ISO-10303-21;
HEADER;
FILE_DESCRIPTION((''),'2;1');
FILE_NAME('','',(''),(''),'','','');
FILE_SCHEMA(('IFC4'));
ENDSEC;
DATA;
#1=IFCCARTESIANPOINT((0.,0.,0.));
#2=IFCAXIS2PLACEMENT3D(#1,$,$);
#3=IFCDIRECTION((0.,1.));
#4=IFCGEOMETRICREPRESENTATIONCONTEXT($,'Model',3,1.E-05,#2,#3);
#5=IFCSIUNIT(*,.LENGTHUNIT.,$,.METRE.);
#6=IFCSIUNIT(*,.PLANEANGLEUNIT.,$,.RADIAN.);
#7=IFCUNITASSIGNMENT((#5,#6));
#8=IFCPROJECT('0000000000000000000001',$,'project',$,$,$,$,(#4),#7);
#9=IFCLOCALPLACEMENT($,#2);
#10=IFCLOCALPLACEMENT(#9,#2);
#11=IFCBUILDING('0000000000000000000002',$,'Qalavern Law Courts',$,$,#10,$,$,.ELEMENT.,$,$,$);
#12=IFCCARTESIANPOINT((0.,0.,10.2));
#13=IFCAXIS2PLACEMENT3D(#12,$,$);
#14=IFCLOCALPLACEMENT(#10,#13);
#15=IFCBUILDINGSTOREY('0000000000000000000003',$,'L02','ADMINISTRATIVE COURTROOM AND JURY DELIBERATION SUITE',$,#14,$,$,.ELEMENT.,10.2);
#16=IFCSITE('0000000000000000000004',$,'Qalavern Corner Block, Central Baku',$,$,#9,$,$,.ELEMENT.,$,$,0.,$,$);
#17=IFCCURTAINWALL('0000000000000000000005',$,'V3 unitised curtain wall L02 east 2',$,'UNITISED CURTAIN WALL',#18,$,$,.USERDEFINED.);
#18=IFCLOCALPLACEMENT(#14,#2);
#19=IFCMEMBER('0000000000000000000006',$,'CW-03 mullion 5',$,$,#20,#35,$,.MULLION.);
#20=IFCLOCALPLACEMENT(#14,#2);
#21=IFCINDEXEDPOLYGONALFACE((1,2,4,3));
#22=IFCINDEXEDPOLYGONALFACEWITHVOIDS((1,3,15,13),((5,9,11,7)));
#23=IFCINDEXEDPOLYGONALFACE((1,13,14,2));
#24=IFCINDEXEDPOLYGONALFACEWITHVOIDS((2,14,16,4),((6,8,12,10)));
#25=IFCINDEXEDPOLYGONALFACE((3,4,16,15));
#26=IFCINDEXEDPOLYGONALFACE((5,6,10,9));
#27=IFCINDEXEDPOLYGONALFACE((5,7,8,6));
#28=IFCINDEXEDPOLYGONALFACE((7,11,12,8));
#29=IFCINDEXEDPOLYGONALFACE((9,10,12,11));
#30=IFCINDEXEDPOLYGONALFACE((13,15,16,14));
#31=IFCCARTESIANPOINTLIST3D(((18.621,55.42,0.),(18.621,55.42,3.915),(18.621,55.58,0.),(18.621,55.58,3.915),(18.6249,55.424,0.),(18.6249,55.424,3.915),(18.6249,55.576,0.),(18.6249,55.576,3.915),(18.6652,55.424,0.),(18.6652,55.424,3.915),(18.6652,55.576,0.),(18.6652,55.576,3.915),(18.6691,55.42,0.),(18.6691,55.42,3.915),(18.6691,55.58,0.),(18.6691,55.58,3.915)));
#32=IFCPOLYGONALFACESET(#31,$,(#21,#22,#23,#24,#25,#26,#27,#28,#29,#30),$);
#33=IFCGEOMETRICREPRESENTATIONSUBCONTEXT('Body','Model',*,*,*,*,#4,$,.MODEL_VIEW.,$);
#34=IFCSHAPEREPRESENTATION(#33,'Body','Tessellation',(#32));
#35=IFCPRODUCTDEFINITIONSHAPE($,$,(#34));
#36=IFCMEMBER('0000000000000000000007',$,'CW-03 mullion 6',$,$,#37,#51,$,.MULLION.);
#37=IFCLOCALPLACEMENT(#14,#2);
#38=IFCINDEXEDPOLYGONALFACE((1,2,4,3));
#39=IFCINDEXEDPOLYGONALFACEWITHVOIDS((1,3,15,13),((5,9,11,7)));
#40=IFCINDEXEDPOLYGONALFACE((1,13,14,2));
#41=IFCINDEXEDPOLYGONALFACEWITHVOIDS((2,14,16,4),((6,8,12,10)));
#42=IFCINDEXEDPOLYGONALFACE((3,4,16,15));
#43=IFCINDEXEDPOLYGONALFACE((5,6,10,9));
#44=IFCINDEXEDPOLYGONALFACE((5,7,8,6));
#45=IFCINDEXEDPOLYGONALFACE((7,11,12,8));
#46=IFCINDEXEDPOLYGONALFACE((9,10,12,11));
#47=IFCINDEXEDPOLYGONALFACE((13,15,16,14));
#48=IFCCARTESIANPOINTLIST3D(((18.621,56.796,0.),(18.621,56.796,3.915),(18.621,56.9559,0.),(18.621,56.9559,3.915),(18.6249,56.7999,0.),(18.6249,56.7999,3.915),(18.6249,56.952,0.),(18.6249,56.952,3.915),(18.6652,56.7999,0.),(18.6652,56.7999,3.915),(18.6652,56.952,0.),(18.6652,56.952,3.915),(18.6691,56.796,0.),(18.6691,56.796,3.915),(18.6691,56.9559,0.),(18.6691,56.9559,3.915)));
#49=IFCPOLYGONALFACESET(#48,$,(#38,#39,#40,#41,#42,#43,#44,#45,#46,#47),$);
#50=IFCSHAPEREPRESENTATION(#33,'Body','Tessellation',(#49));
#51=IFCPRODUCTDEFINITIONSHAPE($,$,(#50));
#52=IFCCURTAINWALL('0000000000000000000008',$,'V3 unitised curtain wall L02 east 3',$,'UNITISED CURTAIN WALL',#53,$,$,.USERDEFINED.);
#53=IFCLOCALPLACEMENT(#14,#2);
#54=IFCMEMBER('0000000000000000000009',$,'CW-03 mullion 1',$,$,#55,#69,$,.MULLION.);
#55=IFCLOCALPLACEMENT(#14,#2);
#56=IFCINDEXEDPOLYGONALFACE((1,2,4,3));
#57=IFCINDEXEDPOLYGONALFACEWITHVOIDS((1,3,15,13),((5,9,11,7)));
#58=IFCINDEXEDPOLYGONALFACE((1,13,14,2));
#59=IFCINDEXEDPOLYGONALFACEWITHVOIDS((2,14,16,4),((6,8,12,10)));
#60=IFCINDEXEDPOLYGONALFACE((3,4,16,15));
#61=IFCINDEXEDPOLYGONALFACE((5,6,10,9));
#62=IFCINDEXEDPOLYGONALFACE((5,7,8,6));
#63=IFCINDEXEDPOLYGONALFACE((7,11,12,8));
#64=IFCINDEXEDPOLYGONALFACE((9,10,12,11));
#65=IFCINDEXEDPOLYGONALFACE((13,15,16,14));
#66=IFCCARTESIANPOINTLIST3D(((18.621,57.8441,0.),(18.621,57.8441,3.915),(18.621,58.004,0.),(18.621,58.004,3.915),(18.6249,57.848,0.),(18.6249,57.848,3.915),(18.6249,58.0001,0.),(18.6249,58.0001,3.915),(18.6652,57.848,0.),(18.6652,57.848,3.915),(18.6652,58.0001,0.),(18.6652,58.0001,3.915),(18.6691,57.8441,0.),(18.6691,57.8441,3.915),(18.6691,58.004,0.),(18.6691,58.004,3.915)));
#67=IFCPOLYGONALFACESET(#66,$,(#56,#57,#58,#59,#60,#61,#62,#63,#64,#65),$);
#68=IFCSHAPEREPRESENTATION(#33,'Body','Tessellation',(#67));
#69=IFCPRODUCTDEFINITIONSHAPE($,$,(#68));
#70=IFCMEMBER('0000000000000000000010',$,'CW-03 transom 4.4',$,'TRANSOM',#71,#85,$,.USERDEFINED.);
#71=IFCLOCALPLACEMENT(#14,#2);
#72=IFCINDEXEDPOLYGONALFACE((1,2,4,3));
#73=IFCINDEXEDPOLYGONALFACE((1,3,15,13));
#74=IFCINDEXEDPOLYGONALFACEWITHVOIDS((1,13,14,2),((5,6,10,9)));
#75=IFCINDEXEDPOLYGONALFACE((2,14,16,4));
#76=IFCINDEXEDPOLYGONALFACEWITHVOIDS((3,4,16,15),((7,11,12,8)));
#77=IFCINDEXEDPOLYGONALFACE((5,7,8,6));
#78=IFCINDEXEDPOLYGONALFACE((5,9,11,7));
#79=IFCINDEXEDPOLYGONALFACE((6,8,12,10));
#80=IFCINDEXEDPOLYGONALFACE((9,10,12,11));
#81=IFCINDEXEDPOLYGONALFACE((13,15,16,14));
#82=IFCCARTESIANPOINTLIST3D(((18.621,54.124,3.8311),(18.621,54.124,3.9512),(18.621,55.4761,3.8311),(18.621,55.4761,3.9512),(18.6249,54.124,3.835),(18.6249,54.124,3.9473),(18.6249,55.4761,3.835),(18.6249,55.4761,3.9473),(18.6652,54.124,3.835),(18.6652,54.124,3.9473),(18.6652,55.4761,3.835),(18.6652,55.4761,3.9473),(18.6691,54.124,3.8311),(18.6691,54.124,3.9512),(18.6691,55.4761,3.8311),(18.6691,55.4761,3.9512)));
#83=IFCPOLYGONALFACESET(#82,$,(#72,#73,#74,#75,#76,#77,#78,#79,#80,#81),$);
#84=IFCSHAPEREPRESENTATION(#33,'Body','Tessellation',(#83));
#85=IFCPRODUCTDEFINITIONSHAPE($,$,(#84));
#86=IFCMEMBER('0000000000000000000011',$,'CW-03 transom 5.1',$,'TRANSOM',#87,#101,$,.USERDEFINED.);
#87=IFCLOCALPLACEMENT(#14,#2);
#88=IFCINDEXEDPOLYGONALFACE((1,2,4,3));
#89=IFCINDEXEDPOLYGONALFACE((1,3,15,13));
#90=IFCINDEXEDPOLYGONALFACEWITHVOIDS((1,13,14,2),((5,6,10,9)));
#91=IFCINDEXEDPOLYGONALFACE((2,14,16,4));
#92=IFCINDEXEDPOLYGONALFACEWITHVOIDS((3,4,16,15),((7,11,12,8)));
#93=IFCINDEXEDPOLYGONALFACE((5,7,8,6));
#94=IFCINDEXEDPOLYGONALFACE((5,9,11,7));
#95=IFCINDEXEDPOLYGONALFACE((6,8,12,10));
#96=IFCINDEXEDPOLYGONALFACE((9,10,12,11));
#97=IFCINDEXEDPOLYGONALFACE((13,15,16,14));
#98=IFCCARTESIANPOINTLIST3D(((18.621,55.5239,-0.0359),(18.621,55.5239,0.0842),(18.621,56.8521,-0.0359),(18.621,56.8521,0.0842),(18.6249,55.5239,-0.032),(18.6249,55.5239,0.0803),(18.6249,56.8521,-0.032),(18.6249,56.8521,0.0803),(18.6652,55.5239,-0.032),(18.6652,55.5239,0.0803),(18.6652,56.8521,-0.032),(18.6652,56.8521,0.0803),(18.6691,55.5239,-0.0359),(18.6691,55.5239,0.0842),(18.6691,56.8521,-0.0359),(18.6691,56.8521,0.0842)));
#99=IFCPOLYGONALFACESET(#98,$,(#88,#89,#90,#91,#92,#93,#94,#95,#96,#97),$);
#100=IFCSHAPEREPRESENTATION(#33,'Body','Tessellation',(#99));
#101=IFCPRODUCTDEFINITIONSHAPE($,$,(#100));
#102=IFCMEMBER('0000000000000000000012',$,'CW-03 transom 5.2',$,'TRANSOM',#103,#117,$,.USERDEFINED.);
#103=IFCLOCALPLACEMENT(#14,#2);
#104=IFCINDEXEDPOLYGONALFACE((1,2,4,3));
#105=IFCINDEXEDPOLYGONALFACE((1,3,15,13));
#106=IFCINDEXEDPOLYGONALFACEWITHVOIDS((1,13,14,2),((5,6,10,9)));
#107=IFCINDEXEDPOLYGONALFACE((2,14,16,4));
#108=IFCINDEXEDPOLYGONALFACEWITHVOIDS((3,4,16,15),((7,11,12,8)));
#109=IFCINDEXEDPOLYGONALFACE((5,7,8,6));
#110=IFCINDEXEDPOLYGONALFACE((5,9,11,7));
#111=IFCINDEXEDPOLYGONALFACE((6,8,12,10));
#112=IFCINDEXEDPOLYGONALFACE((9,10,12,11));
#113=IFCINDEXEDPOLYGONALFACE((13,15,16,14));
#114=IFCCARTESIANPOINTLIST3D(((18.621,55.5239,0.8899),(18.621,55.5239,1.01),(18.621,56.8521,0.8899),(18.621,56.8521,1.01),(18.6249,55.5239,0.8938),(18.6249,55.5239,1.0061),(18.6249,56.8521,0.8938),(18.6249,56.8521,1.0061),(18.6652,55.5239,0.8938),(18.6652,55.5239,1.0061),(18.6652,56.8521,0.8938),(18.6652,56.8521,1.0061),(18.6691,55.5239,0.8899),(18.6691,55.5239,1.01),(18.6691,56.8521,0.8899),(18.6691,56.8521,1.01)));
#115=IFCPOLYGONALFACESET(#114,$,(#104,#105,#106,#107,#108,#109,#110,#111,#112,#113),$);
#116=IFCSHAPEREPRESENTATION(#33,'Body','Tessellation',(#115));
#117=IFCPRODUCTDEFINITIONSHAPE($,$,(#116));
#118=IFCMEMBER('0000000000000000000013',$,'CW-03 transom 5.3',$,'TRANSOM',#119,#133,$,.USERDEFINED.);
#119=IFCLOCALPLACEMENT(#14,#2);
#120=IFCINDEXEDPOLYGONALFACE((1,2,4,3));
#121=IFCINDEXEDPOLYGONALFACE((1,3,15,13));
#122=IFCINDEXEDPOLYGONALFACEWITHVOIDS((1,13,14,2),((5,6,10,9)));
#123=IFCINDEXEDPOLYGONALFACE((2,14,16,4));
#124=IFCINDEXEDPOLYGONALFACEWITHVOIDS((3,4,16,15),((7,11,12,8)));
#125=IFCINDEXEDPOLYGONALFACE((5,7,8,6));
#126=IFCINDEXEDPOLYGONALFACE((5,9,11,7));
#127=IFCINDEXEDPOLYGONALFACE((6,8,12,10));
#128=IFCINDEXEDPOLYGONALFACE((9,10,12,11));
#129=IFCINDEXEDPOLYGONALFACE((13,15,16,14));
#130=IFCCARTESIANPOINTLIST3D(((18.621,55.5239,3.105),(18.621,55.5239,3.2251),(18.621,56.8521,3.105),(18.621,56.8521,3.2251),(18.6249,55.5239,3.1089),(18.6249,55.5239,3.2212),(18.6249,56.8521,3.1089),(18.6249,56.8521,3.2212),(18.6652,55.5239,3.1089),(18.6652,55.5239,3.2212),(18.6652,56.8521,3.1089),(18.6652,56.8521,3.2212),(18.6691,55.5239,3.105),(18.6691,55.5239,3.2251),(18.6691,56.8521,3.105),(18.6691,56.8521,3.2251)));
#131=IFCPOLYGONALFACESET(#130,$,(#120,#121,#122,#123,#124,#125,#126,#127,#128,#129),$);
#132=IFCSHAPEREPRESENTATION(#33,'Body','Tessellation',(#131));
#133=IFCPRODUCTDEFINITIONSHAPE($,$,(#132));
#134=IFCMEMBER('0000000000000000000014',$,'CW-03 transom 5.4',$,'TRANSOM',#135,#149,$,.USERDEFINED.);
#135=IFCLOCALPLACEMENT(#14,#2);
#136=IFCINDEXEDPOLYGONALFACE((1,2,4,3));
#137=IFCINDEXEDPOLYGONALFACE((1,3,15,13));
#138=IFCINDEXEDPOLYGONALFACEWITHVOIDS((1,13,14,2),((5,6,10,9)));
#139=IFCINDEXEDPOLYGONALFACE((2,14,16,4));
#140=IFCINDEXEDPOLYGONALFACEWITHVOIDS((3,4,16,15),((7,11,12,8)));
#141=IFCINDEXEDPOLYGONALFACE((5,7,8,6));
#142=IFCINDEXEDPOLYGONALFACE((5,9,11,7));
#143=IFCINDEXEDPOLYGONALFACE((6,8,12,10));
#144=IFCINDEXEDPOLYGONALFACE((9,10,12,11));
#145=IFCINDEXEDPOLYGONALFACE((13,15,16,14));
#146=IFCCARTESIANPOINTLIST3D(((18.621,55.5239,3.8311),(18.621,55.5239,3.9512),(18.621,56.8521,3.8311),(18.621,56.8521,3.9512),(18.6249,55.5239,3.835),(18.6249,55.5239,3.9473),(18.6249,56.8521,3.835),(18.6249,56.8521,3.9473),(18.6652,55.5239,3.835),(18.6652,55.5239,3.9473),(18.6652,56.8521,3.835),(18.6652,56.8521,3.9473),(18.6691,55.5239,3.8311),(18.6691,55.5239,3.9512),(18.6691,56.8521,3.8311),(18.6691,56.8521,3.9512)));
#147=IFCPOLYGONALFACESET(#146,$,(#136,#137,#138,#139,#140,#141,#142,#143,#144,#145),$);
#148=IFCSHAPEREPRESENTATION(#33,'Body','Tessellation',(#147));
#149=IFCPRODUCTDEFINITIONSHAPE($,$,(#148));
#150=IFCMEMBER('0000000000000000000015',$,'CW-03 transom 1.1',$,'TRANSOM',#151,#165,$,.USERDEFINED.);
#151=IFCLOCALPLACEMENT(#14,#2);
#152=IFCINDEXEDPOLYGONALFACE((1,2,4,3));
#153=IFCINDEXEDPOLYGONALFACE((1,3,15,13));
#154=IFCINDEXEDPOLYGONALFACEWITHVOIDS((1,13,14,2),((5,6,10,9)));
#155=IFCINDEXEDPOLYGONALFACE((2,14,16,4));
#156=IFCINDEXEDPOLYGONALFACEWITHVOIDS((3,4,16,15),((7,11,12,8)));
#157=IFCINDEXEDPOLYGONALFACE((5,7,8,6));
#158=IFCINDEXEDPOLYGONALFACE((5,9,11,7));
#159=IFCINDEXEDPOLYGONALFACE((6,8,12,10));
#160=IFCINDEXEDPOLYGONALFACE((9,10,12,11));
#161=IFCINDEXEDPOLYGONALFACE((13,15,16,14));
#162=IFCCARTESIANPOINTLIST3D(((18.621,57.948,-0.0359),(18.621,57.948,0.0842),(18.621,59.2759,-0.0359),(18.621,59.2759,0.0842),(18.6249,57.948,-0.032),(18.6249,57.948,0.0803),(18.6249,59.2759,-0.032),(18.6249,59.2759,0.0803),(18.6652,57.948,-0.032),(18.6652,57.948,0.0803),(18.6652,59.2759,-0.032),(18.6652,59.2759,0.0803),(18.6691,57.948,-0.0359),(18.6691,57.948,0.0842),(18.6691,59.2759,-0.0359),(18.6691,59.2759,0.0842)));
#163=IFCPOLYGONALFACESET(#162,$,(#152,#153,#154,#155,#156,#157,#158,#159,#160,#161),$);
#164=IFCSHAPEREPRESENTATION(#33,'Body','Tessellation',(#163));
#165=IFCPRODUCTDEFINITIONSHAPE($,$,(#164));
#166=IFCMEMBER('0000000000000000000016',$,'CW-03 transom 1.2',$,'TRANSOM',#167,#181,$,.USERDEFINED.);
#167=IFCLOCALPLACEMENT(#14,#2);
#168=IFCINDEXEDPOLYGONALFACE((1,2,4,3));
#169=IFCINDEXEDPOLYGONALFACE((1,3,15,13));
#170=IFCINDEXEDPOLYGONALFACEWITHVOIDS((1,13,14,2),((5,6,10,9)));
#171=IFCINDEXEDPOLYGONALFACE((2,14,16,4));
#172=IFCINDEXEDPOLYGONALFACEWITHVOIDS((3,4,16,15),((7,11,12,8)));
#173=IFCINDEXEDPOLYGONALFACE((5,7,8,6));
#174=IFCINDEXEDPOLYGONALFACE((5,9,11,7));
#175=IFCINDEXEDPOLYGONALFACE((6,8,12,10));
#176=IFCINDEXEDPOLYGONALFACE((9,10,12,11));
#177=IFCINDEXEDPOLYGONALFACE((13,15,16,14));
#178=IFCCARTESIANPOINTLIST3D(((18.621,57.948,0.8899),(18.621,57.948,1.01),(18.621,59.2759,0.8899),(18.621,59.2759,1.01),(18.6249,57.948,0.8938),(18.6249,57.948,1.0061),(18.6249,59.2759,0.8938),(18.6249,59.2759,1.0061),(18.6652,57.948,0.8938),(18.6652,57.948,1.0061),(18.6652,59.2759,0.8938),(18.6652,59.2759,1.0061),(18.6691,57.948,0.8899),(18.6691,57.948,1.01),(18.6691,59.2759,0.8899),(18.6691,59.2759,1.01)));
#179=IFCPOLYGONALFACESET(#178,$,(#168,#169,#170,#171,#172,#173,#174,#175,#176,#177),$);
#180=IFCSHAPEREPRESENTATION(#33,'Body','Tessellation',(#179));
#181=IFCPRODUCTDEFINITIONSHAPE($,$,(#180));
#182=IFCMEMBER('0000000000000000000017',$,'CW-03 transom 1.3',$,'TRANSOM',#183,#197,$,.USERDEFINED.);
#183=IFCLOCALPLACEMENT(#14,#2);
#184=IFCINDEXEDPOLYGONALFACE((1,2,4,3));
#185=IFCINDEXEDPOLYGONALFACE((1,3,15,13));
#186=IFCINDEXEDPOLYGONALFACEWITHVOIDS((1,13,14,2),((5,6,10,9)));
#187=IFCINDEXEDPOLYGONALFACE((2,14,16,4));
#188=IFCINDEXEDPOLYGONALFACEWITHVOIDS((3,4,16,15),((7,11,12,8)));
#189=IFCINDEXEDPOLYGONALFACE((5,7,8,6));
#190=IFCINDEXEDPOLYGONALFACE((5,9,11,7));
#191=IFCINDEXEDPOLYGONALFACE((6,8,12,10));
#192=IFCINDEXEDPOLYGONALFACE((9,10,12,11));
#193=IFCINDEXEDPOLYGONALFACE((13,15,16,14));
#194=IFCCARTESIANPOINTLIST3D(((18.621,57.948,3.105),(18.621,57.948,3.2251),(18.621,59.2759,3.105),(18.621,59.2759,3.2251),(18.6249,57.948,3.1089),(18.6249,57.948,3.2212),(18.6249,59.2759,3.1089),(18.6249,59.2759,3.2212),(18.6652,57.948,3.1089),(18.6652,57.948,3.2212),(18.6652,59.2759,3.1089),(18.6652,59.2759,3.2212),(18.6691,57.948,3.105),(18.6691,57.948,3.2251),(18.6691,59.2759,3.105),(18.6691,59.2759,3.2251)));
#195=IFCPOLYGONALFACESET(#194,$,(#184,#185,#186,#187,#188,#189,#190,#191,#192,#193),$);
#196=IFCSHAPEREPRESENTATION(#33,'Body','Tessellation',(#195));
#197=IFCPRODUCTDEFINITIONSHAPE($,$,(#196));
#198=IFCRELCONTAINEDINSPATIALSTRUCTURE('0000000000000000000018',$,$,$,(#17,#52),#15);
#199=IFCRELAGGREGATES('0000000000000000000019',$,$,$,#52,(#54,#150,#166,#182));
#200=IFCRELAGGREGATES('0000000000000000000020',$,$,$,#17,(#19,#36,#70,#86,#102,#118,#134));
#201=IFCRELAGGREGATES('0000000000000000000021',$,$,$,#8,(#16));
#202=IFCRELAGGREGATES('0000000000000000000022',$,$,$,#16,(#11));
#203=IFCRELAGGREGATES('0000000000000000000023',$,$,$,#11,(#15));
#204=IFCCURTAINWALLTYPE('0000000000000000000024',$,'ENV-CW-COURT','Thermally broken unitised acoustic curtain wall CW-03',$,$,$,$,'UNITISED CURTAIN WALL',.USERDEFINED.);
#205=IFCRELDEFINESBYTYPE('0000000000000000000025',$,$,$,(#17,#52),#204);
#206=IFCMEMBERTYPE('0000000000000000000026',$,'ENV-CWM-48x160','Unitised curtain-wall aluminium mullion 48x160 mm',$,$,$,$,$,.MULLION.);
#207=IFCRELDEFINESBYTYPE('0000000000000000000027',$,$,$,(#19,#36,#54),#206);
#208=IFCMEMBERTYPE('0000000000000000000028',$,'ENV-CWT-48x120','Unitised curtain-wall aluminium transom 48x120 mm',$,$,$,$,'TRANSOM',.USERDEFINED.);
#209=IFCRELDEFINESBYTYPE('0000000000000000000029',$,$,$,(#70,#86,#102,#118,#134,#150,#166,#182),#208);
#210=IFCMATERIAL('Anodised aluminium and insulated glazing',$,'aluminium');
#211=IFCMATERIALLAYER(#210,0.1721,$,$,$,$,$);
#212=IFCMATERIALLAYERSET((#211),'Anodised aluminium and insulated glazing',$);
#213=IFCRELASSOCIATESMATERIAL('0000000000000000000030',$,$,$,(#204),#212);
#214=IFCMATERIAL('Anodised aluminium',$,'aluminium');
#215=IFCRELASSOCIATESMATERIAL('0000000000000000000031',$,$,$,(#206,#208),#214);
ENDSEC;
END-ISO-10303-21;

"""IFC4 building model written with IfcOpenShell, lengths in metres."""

from ifc_helpers import new_model, si_unit, direction, frame, origin, origin_2d, place, context, subcontext, project, spatial, hollow_rectangle, extrude, material, layer, layer_set, material_profile, profile_set, type_object, element, aggregate, save


model = new_model("IFC4")

# Units and contexts
model_context = context("Model", 3, precision=1e-05, world=origin(), true_north=direction((0.0, 1.0)))
body_context = subcontext(model_context, "Body", "Model", "MODEL_VIEW")
ifc_project = project(units=[si_unit("LENGTHUNIT", "METRE"), si_unit("PLANEANGLEUNIT", "RADIAN")], contexts=[model_context])

# Site, building, storey
site_placement = place(None, origin())
site = spatial("IfcSite", under=ifc_project, at=site_placement, Name="Qalavern Corner Block, Central Baku", CompositionType="ELEMENT", RefElevation=0.0)
building_placement = place(site_placement, origin())
building = spatial("IfcBuilding", under=site, at=building_placement, Name="Qalavern Law Courts", CompositionType="ELEMENT")
storey_placement = place(building_placement, frame((0.0, 0.0, 10.2)))
storey = spatial("IfcBuildingStorey", under=building, at=storey_placement, Name="L02", Description="ADMINISTRATIVE COURTROOM AND JURY DELIBERATION SUITE", CompositionType="ELEMENT", Elevation=10.2)

# Curtain wall, members
ifc_material_1 = material(Name="Anodised aluminium and insulated glazing", Category="aluminium")
ifc_layer_1 = layer(ifc_material_1, 0.1721)
ifc_layer_set_1 = layer_set([ifc_layer_1], Name="Anodised aluminium and insulated glazing")
curtain_wall_type = type_object("IfcCurtainWallType", Name="ENV-CW-COURT", Description="Thermally broken unitised acoustic curtain wall CW-03", ElementType="UNITISED CURTAIN WALL", PredefinedType="USERDEFINED", material=ifc_layer_set_1)
curtain_wall_1_placement = place(storey_placement, origin())
curtain_wall_1 = element("IfcCurtainWall", 1, at=curtain_wall_1_placement, inside=storey, type_object=curtain_wall_type, Name="V3 unitised curtain wall L02 east 2", ObjectType="UNITISED CURTAIN WALL", PredefinedType="USERDEFINED")
ifc_material_2 = material(Name="Anodised aluminium", Category="aluminium")
ifc_material_profile_1 = material_profile(ifc_material_2, hollow_rectangle(XDim=0.0481, YDim=0.1599, WallThickness=0.0039, at=origin_2d()), Name="ALU MULLION 48x160")
ifc_profile_set_1 = profile_set([ifc_material_profile_1], Name="Anodised aluminium")
member_type_1 = type_object("IfcMemberType", Name="ENV-CWM-48x160", Description="Unitised curtain-wall aluminium mullion 48x160 mm", PredefinedType="MULLION", material=ifc_profile_set_1)
member_1_placement = place(storey_placement, frame((18.645, 55.5, 0.0), z_axis=(0.0, 0.0, 1.0), x_axis=(-1.0, 0.0, 0.0)))
member_1 = element("IfcMember", 2, at=member_1_placement, type_object=member_type_1, Name="CW-03 mullion 5", PredefinedType="MULLION", context=body_context, shape_type="SweptSolid", body=[
    extrude(hollow_rectangle(XDim=0.0481, YDim=0.1599, WallThickness=0.0039, at=origin_2d()), origin(), (0.0, 0.0, 1.0), 3.915),
])
member_2_placement = place(storey_placement, frame((18.645, 56.876, 0.0), z_axis=(0.0, 0.0, 1.0), x_axis=(-1.0, 0.0, 0.0)))
member_2 = element("IfcMember", 3, at=member_2_placement, type_object=member_type_1, Name="CW-03 mullion 6", PredefinedType="MULLION", context=body_context, shape_type="SweptSolid", body=[
    extrude(hollow_rectangle(XDim=0.0481, YDim=0.1599, WallThickness=0.0039, at=origin_2d()), origin(), (0.0, 0.0, 1.0), 3.915),
])

# Curtain wall, member
curtain_wall_2_placement = place(storey_placement, origin())
curtain_wall_2 = element("IfcCurtainWall", 4, at=curtain_wall_2_placement, inside=storey, type_object=curtain_wall_type, Name="V3 unitised curtain wall L02 east 3", ObjectType="UNITISED CURTAIN WALL", PredefinedType="USERDEFINED")
member_3_placement = place(storey_placement, frame((18.645, 57.9241, 0.0), z_axis=(0.0, 0.0, 1.0), x_axis=(-1.0, 0.0, 0.0)))
member_3 = element("IfcMember", 5, at=member_3_placement, type_object=member_type_1, Name="CW-03 mullion 1", PredefinedType="MULLION", context=body_context, shape_type="SweptSolid", body=[
    extrude(hollow_rectangle(XDim=0.0481, YDim=0.1599, WallThickness=0.0039, at=origin_2d()), origin(), (0.0, 0.0, 1.0), 3.915),
])

# Members
ifc_material_profile_2 = material_profile(ifc_material_2, hollow_rectangle(XDim=0.0481, YDim=0.1201, WallThickness=0.0039, at=origin_2d()), Name="ALU TRANSOM 48x120")
ifc_profile_set_2 = profile_set([ifc_material_profile_2], Name="Anodised aluminium")
member_type_2 = type_object("IfcMemberType", Name="ENV-CWT-48x120", Description="Unitised curtain-wall aluminium transom 48x120 mm", ElementType="TRANSOM", PredefinedType="USERDEFINED", material=ifc_profile_set_2)
member_4_placement = place(storey_placement, frame((18.645, 54.124, 3.8911), z_axis=(0.0, 1.0, 0.0), x_axis=(-1.0, 0.0, 0.0)))
member_4 = element("IfcMember", 6, at=member_4_placement, type_object=member_type_2, Name="CW-03 transom 4.4", ObjectType="TRANSOM", PredefinedType="USERDEFINED", context=body_context, shape_type="SweptSolid", body=[
    extrude(hollow_rectangle(XDim=0.0481, YDim=0.1201, WallThickness=0.0039, at=origin_2d()), origin(), (0.0, 0.0, 1.0), 1.3521),
])
member_5_placement = place(storey_placement, frame((18.645, 55.5239, 0.0242), z_axis=(0.0, 1.0, 0.0), x_axis=(-1.0, 0.0, 0.0)))
member_5 = element("IfcMember", 7, at=member_5_placement, type_object=member_type_2, Name="CW-03 transom 5.1", ObjectType="TRANSOM", PredefinedType="USERDEFINED", context=body_context, shape_type="SweptSolid", body=[
    extrude(hollow_rectangle(XDim=0.0481, YDim=0.1201, WallThickness=0.0039, at=origin_2d()), origin(), (0.0, 0.0, 1.0), 1.3281),
])
member_6_placement = place(storey_placement, frame((18.645, 55.5239, 0.95), z_axis=(0.0, 1.0, 0.0), x_axis=(-1.0, 0.0, 0.0)))
member_6 = element("IfcMember", 8, at=member_6_placement, type_object=member_type_2, Name="CW-03 transom 5.2", ObjectType="TRANSOM", PredefinedType="USERDEFINED", context=body_context, shape_type="SweptSolid", body=[
    extrude(hollow_rectangle(XDim=0.0481, YDim=0.1201, WallThickness=0.0039, at=origin_2d()), origin(), (0.0, 0.0, 1.0), 1.3281),
])
member_7_placement = place(storey_placement, frame((18.645, 55.5239, 3.165), z_axis=(0.0, 1.0, 0.0), x_axis=(-1.0, 0.0, 0.0)))
member_7 = element("IfcMember", 9, at=member_7_placement, type_object=member_type_2, Name="CW-03 transom 5.3", ObjectType="TRANSOM", PredefinedType="USERDEFINED", context=body_context, shape_type="SweptSolid", body=[
    extrude(hollow_rectangle(XDim=0.0481, YDim=0.1201, WallThickness=0.0039, at=origin_2d()), origin(), (0.0, 0.0, 1.0), 1.3281),
])
member_8_placement = place(storey_placement, frame((18.645, 55.5239, 3.8911), z_axis=(0.0, 1.0, 0.0), x_axis=(-1.0, 0.0, 0.0)))
member_8 = element("IfcMember", 10, at=member_8_placement, type_object=member_type_2, Name="CW-03 transom 5.4", ObjectType="TRANSOM", PredefinedType="USERDEFINED", context=body_context, shape_type="SweptSolid", body=[
    extrude(hollow_rectangle(XDim=0.0481, YDim=0.1201, WallThickness=0.0039, at=origin_2d()), origin(), (0.0, 0.0, 1.0), 1.3281),
])
member_9_placement = place(storey_placement, frame((18.645, 57.948, 0.0242), z_axis=(0.0, 1.0, 0.0), x_axis=(-1.0, 0.0, 0.0)))
member_9 = element("IfcMember", 11, at=member_9_placement, type_object=member_type_2, Name="CW-03 transom 1.1", ObjectType="TRANSOM", PredefinedType="USERDEFINED", context=body_context, shape_type="SweptSolid", body=[
    extrude(hollow_rectangle(XDim=0.0481, YDim=0.1201, WallThickness=0.0039, at=origin_2d()), origin(), (0.0, 0.0, 1.0), 1.3279),
])
member_10_placement = place(storey_placement, frame((18.645, 57.948, 0.95), z_axis=(0.0, 1.0, 0.0), x_axis=(-1.0, 0.0, 0.0)))
member_10 = element("IfcMember", 12, at=member_10_placement, type_object=member_type_2, Name="CW-03 transom 1.2", ObjectType="TRANSOM", PredefinedType="USERDEFINED", context=body_context, shape_type="SweptSolid", body=[
    extrude(hollow_rectangle(XDim=0.0481, YDim=0.1201, WallThickness=0.0039, at=origin_2d()), origin(), (0.0, 0.0, 1.0), 1.3279),
])
member_11_placement = place(storey_placement, frame((18.645, 57.948, 3.165), z_axis=(0.0, 1.0, 0.0), x_axis=(-1.0, 0.0, 0.0)))
member_11 = element("IfcMember", 13, at=member_11_placement, type_object=member_type_2, Name="CW-03 transom 1.3", ObjectType="TRANSOM", PredefinedType="USERDEFINED", context=body_context, shape_type="SweptSolid", body=[
    extrude(hollow_rectangle(XDim=0.0481, YDim=0.1201, WallThickness=0.0039, at=origin_2d()), origin(), (0.0, 0.0, 1.0), 1.3279),
])

aggregate(curtain_wall_2, [member_3, member_9, member_10, member_11])
aggregate(curtain_wall_1, [member_1, member_2, member_4, member_5, member_6, member_7, member_8])

save(model, "model.ifc")
